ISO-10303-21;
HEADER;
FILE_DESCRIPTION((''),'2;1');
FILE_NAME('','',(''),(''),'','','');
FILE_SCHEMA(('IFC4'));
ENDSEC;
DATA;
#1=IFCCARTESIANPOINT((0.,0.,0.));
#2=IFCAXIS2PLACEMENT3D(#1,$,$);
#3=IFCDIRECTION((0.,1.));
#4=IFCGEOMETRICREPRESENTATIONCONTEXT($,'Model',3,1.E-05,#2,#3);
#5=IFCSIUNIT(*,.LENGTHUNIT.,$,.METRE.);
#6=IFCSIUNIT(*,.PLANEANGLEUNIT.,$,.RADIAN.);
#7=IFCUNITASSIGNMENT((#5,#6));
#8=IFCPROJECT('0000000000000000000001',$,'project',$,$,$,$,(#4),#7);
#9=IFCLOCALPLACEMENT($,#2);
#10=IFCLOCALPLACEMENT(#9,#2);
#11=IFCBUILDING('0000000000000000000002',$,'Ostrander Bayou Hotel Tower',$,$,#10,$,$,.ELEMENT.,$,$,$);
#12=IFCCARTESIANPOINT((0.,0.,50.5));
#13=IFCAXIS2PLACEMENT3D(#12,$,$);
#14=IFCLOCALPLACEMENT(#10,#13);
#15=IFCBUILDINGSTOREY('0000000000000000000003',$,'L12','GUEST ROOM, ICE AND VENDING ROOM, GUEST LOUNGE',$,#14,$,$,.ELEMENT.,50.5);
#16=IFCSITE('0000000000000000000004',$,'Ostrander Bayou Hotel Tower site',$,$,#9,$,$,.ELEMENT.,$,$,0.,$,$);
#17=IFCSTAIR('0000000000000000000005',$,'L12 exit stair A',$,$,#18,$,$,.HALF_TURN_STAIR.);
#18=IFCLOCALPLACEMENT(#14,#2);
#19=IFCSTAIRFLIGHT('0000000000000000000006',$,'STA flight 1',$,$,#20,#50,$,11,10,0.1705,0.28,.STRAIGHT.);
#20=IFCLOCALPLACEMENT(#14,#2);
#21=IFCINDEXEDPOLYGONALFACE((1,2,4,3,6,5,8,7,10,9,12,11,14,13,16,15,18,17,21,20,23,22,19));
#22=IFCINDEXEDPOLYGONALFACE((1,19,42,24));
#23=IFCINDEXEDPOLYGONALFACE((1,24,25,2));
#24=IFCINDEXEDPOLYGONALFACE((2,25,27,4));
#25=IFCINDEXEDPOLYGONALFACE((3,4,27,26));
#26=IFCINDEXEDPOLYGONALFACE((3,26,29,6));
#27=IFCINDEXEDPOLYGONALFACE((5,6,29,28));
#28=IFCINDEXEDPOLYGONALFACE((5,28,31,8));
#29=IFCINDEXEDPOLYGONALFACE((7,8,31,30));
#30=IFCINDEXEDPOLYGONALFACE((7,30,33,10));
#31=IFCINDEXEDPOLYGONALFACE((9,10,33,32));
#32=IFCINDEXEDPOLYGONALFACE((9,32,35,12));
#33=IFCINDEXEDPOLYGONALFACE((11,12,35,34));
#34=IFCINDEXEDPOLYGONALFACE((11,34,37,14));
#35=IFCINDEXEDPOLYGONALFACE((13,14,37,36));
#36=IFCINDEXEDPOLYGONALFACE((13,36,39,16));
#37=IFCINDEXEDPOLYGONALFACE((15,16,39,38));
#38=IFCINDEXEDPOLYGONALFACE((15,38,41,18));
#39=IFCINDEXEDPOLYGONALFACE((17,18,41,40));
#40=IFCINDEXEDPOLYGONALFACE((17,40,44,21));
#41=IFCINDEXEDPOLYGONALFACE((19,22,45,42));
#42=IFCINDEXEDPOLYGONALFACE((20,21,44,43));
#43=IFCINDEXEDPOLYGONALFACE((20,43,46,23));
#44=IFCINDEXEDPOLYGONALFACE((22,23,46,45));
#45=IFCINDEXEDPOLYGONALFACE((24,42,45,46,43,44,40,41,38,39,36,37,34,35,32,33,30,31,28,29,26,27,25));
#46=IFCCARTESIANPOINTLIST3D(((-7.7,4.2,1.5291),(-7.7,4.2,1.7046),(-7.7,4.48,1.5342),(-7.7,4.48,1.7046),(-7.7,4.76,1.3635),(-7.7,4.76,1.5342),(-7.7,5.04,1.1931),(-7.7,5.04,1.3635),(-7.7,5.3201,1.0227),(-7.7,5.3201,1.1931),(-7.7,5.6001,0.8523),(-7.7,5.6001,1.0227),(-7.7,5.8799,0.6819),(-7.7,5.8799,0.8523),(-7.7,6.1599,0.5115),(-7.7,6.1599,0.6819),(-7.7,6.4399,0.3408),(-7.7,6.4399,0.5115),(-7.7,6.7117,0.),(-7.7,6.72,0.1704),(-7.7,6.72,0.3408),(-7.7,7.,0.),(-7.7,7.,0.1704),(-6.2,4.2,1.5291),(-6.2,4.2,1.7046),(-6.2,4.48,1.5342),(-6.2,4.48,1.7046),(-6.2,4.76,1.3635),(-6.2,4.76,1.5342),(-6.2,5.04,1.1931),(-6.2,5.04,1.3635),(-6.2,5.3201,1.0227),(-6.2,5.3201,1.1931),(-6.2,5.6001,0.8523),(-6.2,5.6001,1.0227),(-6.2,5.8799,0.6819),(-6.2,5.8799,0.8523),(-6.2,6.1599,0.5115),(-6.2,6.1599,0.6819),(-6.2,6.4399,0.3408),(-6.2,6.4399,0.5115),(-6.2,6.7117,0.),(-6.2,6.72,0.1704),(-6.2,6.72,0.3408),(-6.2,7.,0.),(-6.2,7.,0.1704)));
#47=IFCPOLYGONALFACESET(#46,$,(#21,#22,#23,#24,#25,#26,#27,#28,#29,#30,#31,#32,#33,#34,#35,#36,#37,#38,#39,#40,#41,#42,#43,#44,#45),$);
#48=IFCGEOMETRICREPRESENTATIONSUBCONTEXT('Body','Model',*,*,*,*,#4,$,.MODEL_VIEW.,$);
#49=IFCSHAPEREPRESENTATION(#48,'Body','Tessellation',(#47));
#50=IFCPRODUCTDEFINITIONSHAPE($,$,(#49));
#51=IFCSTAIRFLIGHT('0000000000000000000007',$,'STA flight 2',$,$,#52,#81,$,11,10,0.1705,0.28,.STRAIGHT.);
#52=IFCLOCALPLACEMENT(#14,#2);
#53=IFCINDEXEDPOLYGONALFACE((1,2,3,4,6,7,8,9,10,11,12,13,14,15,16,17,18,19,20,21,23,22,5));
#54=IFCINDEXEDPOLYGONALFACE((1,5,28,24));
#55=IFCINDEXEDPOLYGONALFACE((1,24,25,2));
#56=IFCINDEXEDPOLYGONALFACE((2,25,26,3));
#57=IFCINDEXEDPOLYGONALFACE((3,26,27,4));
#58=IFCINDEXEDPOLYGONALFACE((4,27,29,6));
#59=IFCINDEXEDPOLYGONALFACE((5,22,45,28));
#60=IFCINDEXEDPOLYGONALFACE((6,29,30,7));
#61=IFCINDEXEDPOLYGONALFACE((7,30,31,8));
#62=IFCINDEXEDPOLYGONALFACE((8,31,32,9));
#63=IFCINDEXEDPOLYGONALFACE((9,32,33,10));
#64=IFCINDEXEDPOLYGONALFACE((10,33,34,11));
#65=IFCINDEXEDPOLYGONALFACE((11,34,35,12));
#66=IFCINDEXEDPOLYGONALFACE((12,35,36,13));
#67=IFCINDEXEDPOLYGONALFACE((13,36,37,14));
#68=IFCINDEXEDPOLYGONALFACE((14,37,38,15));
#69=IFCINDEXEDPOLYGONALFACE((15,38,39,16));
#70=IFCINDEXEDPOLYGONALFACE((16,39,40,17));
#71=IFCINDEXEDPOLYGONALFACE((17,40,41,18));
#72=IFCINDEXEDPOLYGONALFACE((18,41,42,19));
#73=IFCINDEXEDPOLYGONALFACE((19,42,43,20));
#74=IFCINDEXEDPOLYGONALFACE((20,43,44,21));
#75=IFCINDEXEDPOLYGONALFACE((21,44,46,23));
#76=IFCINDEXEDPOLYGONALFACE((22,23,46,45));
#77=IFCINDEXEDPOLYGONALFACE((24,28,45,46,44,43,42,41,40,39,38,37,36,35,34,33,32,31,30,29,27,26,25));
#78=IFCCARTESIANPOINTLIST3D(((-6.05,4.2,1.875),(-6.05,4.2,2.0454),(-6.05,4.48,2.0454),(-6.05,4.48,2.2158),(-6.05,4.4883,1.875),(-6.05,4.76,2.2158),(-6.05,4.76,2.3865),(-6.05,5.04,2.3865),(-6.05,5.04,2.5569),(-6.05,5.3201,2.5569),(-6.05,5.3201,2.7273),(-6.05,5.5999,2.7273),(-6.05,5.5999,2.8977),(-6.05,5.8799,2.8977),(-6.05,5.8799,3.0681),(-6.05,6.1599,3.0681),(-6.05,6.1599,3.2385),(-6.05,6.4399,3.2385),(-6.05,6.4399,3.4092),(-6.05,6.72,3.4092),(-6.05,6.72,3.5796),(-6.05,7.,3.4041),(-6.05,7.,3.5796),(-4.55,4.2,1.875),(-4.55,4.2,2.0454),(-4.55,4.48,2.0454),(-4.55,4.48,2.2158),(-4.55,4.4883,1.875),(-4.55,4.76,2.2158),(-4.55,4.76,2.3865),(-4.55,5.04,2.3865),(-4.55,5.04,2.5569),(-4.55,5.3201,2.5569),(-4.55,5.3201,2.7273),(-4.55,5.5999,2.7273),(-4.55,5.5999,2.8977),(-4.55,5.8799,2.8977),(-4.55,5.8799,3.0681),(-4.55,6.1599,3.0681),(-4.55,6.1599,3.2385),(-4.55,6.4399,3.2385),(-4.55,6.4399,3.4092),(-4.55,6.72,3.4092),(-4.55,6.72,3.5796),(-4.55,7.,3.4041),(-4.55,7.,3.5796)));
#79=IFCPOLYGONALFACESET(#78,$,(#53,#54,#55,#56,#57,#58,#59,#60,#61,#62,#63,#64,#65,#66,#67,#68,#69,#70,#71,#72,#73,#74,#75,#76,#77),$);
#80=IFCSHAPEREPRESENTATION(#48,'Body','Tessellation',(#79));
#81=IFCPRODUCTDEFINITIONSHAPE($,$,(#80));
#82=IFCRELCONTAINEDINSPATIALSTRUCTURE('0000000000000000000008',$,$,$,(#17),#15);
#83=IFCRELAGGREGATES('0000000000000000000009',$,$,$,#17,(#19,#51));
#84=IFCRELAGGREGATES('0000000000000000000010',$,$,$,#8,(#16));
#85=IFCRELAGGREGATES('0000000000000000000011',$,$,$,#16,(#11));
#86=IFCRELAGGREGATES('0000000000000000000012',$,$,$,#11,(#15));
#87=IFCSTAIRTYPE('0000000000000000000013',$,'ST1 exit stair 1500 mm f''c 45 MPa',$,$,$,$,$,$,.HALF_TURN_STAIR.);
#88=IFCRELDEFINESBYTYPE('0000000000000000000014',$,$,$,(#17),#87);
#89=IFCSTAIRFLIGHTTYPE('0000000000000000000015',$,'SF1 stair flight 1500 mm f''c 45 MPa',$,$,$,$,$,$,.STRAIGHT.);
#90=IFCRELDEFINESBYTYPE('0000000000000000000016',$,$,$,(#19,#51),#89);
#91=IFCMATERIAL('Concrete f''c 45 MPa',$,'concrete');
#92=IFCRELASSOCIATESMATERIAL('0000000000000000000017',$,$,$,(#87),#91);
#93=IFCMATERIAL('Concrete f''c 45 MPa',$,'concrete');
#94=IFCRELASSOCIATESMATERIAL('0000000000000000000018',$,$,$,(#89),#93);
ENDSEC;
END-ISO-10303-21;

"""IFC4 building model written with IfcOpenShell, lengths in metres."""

from ifc_helpers import new_model, si_unit, direction, frame, origin, place, context, subcontext, project, spatial, polyline, outline, extrude, material, type_object, element, aggregate, save


model = new_model("IFC4")

# Units and contexts
model_context = context("Model", 3, precision=1e-05, world=origin(), true_north=direction((0.0, 1.0)))
body_context = subcontext(model_context, "Body", "Model", "MODEL_VIEW")
ifc_project = project(units=[si_unit("LENGTHUNIT", "METRE"), si_unit("PLANEANGLEUNIT", "RADIAN")], contexts=[model_context])

# Site, building, storey
site_placement = place(None, origin())
site = spatial("IfcSite", under=ifc_project, at=site_placement, Name="Ostrander Bayou Hotel Tower site", CompositionType="ELEMENT", RefElevation=0.0)
building_placement = place(site_placement, origin())
building = spatial("IfcBuilding", under=site, at=building_placement, Name="Ostrander Bayou Hotel Tower", CompositionType="ELEMENT")
storey_placement = place(building_placement, frame((0.0, 0.0, 50.5)))
storey = spatial("IfcBuildingStorey", under=building, at=storey_placement, Name="L12", Description="GUEST ROOM, ICE AND VENDING ROOM, GUEST LOUNGE", CompositionType="ELEMENT", Elevation=50.5)

# Stair
ifc_material_1 = material(Name="Concrete f'c 45 MPa", Category="concrete")
stair_type = type_object("IfcStairType", Name="ST1 exit stair 1500 mm f'c 45 MPa", PredefinedType="HALF_TURN_STAIR", material=ifc_material_1)
stair_placement = place(storey_placement, origin())
stair = element("IfcStair", 1, at=stair_placement, inside=storey, type_object=stair_type, Name="L12 exit stair A", PredefinedType="HALF_TURN_STAIR")

# Stair flights
ifc_material_2 = material(Name="Concrete f'c 45 MPa", Category="concrete")
stair_flight_type = type_object("IfcStairFlightType", Name="SF1 stair flight 1500 mm f'c 45 MPa", PredefinedType="STRAIGHT", material=ifc_material_2)
stair_flight_1_placement = place(storey_placement, frame((-6.95, 7.0, 0.0), z_axis=(0.0, 0.0, 1.0), x_axis=(0.0, -1.0, 0.0)))
stair_flight_1 = element("IfcStairFlight", 2, at=stair_flight_1_placement, type_object=stair_flight_type, Name="STA flight 1", NumberOfRisers=11, NumberOfTreads=10, PredefinedType="STRAIGHT", RiserHeight=0.1705, TreadLength=0.28, context=body_context, shape_type="SweptSolid", body=[
    extrude(outline(polyline([(0.0, 0.0), (0.0, 0.1704), (0.28, 0.1704), (0.28, 0.3408), (0.5601, 0.3408), (0.5601, 0.5115), (0.8401, 0.5115), (0.8401, 0.6819), (1.1201, 0.6819), (1.1201, 0.8523), (1.3999, 0.8523), (1.3999, 1.0227), (1.6799, 1.0227), (1.6799, 1.1931), (1.96, 1.1931), (1.96, 1.3635), (2.24, 1.3635), (2.24, 1.5342), (2.52, 1.5342), (2.52, 1.7046), (2.8, 1.7046), (2.8, 1.875), (2.8, 1.5291), (0.2883, 0.0), (0.0, 0.0)])), frame((0.0, 0.75, 0.0), z_axis=(0.0, -1.0, 0.0), x_axis=(1.0, 0.0, 0.0)), (0.0, 0.0, 1.0), 1.5),
])
stair_flight_2_placement = place(storey_placement, frame((-5.3, 4.2, 1.875), z_axis=(0.0, 0.0, 1.0), x_axis=(0.0, 1.0, 0.0)))
stair_flight_2 = element("IfcStairFlight", 3, at=stair_flight_2_placement, type_object=stair_flight_type, Name="STA flight 2", NumberOfRisers=11, NumberOfTreads=10, PredefinedType="STRAIGHT", RiserHeight=0.1705, TreadLength=0.28, context=body_context, shape_type="SweptSolid", body=[
    extrude(outline(polyline([(0.0, 0.0), (0.0, 0.1704), (0.28, 0.1704), (0.28, 0.3408), (0.5601, 0.3408), (0.5601, 0.5115), (0.8401, 0.5115), (0.8401, 0.6819), (1.1201, 0.6819), (1.1201, 0.8523), (1.3999, 0.8523), (1.3999, 1.0227), (1.6799, 1.0227), (1.6799, 1.1931), (1.96, 1.1931), (1.96, 1.3635), (2.24, 1.3635), (2.24, 1.5342), (2.52, 1.5342), (2.52, 1.7046), (2.8, 1.7046), (2.8, 1.875), (2.8, 1.5291), (0.2883, 0.0), (0.0, 0.0)])), frame((0.0, 0.75, 0.0), z_axis=(0.0, -1.0, 0.0), x_axis=(1.0, 0.0, 0.0)), (0.0, 0.0, 1.0), 1.5),
])
aggregate(stair, [stair_flight_1, stair_flight_2])

save(model, "model.ifc")
